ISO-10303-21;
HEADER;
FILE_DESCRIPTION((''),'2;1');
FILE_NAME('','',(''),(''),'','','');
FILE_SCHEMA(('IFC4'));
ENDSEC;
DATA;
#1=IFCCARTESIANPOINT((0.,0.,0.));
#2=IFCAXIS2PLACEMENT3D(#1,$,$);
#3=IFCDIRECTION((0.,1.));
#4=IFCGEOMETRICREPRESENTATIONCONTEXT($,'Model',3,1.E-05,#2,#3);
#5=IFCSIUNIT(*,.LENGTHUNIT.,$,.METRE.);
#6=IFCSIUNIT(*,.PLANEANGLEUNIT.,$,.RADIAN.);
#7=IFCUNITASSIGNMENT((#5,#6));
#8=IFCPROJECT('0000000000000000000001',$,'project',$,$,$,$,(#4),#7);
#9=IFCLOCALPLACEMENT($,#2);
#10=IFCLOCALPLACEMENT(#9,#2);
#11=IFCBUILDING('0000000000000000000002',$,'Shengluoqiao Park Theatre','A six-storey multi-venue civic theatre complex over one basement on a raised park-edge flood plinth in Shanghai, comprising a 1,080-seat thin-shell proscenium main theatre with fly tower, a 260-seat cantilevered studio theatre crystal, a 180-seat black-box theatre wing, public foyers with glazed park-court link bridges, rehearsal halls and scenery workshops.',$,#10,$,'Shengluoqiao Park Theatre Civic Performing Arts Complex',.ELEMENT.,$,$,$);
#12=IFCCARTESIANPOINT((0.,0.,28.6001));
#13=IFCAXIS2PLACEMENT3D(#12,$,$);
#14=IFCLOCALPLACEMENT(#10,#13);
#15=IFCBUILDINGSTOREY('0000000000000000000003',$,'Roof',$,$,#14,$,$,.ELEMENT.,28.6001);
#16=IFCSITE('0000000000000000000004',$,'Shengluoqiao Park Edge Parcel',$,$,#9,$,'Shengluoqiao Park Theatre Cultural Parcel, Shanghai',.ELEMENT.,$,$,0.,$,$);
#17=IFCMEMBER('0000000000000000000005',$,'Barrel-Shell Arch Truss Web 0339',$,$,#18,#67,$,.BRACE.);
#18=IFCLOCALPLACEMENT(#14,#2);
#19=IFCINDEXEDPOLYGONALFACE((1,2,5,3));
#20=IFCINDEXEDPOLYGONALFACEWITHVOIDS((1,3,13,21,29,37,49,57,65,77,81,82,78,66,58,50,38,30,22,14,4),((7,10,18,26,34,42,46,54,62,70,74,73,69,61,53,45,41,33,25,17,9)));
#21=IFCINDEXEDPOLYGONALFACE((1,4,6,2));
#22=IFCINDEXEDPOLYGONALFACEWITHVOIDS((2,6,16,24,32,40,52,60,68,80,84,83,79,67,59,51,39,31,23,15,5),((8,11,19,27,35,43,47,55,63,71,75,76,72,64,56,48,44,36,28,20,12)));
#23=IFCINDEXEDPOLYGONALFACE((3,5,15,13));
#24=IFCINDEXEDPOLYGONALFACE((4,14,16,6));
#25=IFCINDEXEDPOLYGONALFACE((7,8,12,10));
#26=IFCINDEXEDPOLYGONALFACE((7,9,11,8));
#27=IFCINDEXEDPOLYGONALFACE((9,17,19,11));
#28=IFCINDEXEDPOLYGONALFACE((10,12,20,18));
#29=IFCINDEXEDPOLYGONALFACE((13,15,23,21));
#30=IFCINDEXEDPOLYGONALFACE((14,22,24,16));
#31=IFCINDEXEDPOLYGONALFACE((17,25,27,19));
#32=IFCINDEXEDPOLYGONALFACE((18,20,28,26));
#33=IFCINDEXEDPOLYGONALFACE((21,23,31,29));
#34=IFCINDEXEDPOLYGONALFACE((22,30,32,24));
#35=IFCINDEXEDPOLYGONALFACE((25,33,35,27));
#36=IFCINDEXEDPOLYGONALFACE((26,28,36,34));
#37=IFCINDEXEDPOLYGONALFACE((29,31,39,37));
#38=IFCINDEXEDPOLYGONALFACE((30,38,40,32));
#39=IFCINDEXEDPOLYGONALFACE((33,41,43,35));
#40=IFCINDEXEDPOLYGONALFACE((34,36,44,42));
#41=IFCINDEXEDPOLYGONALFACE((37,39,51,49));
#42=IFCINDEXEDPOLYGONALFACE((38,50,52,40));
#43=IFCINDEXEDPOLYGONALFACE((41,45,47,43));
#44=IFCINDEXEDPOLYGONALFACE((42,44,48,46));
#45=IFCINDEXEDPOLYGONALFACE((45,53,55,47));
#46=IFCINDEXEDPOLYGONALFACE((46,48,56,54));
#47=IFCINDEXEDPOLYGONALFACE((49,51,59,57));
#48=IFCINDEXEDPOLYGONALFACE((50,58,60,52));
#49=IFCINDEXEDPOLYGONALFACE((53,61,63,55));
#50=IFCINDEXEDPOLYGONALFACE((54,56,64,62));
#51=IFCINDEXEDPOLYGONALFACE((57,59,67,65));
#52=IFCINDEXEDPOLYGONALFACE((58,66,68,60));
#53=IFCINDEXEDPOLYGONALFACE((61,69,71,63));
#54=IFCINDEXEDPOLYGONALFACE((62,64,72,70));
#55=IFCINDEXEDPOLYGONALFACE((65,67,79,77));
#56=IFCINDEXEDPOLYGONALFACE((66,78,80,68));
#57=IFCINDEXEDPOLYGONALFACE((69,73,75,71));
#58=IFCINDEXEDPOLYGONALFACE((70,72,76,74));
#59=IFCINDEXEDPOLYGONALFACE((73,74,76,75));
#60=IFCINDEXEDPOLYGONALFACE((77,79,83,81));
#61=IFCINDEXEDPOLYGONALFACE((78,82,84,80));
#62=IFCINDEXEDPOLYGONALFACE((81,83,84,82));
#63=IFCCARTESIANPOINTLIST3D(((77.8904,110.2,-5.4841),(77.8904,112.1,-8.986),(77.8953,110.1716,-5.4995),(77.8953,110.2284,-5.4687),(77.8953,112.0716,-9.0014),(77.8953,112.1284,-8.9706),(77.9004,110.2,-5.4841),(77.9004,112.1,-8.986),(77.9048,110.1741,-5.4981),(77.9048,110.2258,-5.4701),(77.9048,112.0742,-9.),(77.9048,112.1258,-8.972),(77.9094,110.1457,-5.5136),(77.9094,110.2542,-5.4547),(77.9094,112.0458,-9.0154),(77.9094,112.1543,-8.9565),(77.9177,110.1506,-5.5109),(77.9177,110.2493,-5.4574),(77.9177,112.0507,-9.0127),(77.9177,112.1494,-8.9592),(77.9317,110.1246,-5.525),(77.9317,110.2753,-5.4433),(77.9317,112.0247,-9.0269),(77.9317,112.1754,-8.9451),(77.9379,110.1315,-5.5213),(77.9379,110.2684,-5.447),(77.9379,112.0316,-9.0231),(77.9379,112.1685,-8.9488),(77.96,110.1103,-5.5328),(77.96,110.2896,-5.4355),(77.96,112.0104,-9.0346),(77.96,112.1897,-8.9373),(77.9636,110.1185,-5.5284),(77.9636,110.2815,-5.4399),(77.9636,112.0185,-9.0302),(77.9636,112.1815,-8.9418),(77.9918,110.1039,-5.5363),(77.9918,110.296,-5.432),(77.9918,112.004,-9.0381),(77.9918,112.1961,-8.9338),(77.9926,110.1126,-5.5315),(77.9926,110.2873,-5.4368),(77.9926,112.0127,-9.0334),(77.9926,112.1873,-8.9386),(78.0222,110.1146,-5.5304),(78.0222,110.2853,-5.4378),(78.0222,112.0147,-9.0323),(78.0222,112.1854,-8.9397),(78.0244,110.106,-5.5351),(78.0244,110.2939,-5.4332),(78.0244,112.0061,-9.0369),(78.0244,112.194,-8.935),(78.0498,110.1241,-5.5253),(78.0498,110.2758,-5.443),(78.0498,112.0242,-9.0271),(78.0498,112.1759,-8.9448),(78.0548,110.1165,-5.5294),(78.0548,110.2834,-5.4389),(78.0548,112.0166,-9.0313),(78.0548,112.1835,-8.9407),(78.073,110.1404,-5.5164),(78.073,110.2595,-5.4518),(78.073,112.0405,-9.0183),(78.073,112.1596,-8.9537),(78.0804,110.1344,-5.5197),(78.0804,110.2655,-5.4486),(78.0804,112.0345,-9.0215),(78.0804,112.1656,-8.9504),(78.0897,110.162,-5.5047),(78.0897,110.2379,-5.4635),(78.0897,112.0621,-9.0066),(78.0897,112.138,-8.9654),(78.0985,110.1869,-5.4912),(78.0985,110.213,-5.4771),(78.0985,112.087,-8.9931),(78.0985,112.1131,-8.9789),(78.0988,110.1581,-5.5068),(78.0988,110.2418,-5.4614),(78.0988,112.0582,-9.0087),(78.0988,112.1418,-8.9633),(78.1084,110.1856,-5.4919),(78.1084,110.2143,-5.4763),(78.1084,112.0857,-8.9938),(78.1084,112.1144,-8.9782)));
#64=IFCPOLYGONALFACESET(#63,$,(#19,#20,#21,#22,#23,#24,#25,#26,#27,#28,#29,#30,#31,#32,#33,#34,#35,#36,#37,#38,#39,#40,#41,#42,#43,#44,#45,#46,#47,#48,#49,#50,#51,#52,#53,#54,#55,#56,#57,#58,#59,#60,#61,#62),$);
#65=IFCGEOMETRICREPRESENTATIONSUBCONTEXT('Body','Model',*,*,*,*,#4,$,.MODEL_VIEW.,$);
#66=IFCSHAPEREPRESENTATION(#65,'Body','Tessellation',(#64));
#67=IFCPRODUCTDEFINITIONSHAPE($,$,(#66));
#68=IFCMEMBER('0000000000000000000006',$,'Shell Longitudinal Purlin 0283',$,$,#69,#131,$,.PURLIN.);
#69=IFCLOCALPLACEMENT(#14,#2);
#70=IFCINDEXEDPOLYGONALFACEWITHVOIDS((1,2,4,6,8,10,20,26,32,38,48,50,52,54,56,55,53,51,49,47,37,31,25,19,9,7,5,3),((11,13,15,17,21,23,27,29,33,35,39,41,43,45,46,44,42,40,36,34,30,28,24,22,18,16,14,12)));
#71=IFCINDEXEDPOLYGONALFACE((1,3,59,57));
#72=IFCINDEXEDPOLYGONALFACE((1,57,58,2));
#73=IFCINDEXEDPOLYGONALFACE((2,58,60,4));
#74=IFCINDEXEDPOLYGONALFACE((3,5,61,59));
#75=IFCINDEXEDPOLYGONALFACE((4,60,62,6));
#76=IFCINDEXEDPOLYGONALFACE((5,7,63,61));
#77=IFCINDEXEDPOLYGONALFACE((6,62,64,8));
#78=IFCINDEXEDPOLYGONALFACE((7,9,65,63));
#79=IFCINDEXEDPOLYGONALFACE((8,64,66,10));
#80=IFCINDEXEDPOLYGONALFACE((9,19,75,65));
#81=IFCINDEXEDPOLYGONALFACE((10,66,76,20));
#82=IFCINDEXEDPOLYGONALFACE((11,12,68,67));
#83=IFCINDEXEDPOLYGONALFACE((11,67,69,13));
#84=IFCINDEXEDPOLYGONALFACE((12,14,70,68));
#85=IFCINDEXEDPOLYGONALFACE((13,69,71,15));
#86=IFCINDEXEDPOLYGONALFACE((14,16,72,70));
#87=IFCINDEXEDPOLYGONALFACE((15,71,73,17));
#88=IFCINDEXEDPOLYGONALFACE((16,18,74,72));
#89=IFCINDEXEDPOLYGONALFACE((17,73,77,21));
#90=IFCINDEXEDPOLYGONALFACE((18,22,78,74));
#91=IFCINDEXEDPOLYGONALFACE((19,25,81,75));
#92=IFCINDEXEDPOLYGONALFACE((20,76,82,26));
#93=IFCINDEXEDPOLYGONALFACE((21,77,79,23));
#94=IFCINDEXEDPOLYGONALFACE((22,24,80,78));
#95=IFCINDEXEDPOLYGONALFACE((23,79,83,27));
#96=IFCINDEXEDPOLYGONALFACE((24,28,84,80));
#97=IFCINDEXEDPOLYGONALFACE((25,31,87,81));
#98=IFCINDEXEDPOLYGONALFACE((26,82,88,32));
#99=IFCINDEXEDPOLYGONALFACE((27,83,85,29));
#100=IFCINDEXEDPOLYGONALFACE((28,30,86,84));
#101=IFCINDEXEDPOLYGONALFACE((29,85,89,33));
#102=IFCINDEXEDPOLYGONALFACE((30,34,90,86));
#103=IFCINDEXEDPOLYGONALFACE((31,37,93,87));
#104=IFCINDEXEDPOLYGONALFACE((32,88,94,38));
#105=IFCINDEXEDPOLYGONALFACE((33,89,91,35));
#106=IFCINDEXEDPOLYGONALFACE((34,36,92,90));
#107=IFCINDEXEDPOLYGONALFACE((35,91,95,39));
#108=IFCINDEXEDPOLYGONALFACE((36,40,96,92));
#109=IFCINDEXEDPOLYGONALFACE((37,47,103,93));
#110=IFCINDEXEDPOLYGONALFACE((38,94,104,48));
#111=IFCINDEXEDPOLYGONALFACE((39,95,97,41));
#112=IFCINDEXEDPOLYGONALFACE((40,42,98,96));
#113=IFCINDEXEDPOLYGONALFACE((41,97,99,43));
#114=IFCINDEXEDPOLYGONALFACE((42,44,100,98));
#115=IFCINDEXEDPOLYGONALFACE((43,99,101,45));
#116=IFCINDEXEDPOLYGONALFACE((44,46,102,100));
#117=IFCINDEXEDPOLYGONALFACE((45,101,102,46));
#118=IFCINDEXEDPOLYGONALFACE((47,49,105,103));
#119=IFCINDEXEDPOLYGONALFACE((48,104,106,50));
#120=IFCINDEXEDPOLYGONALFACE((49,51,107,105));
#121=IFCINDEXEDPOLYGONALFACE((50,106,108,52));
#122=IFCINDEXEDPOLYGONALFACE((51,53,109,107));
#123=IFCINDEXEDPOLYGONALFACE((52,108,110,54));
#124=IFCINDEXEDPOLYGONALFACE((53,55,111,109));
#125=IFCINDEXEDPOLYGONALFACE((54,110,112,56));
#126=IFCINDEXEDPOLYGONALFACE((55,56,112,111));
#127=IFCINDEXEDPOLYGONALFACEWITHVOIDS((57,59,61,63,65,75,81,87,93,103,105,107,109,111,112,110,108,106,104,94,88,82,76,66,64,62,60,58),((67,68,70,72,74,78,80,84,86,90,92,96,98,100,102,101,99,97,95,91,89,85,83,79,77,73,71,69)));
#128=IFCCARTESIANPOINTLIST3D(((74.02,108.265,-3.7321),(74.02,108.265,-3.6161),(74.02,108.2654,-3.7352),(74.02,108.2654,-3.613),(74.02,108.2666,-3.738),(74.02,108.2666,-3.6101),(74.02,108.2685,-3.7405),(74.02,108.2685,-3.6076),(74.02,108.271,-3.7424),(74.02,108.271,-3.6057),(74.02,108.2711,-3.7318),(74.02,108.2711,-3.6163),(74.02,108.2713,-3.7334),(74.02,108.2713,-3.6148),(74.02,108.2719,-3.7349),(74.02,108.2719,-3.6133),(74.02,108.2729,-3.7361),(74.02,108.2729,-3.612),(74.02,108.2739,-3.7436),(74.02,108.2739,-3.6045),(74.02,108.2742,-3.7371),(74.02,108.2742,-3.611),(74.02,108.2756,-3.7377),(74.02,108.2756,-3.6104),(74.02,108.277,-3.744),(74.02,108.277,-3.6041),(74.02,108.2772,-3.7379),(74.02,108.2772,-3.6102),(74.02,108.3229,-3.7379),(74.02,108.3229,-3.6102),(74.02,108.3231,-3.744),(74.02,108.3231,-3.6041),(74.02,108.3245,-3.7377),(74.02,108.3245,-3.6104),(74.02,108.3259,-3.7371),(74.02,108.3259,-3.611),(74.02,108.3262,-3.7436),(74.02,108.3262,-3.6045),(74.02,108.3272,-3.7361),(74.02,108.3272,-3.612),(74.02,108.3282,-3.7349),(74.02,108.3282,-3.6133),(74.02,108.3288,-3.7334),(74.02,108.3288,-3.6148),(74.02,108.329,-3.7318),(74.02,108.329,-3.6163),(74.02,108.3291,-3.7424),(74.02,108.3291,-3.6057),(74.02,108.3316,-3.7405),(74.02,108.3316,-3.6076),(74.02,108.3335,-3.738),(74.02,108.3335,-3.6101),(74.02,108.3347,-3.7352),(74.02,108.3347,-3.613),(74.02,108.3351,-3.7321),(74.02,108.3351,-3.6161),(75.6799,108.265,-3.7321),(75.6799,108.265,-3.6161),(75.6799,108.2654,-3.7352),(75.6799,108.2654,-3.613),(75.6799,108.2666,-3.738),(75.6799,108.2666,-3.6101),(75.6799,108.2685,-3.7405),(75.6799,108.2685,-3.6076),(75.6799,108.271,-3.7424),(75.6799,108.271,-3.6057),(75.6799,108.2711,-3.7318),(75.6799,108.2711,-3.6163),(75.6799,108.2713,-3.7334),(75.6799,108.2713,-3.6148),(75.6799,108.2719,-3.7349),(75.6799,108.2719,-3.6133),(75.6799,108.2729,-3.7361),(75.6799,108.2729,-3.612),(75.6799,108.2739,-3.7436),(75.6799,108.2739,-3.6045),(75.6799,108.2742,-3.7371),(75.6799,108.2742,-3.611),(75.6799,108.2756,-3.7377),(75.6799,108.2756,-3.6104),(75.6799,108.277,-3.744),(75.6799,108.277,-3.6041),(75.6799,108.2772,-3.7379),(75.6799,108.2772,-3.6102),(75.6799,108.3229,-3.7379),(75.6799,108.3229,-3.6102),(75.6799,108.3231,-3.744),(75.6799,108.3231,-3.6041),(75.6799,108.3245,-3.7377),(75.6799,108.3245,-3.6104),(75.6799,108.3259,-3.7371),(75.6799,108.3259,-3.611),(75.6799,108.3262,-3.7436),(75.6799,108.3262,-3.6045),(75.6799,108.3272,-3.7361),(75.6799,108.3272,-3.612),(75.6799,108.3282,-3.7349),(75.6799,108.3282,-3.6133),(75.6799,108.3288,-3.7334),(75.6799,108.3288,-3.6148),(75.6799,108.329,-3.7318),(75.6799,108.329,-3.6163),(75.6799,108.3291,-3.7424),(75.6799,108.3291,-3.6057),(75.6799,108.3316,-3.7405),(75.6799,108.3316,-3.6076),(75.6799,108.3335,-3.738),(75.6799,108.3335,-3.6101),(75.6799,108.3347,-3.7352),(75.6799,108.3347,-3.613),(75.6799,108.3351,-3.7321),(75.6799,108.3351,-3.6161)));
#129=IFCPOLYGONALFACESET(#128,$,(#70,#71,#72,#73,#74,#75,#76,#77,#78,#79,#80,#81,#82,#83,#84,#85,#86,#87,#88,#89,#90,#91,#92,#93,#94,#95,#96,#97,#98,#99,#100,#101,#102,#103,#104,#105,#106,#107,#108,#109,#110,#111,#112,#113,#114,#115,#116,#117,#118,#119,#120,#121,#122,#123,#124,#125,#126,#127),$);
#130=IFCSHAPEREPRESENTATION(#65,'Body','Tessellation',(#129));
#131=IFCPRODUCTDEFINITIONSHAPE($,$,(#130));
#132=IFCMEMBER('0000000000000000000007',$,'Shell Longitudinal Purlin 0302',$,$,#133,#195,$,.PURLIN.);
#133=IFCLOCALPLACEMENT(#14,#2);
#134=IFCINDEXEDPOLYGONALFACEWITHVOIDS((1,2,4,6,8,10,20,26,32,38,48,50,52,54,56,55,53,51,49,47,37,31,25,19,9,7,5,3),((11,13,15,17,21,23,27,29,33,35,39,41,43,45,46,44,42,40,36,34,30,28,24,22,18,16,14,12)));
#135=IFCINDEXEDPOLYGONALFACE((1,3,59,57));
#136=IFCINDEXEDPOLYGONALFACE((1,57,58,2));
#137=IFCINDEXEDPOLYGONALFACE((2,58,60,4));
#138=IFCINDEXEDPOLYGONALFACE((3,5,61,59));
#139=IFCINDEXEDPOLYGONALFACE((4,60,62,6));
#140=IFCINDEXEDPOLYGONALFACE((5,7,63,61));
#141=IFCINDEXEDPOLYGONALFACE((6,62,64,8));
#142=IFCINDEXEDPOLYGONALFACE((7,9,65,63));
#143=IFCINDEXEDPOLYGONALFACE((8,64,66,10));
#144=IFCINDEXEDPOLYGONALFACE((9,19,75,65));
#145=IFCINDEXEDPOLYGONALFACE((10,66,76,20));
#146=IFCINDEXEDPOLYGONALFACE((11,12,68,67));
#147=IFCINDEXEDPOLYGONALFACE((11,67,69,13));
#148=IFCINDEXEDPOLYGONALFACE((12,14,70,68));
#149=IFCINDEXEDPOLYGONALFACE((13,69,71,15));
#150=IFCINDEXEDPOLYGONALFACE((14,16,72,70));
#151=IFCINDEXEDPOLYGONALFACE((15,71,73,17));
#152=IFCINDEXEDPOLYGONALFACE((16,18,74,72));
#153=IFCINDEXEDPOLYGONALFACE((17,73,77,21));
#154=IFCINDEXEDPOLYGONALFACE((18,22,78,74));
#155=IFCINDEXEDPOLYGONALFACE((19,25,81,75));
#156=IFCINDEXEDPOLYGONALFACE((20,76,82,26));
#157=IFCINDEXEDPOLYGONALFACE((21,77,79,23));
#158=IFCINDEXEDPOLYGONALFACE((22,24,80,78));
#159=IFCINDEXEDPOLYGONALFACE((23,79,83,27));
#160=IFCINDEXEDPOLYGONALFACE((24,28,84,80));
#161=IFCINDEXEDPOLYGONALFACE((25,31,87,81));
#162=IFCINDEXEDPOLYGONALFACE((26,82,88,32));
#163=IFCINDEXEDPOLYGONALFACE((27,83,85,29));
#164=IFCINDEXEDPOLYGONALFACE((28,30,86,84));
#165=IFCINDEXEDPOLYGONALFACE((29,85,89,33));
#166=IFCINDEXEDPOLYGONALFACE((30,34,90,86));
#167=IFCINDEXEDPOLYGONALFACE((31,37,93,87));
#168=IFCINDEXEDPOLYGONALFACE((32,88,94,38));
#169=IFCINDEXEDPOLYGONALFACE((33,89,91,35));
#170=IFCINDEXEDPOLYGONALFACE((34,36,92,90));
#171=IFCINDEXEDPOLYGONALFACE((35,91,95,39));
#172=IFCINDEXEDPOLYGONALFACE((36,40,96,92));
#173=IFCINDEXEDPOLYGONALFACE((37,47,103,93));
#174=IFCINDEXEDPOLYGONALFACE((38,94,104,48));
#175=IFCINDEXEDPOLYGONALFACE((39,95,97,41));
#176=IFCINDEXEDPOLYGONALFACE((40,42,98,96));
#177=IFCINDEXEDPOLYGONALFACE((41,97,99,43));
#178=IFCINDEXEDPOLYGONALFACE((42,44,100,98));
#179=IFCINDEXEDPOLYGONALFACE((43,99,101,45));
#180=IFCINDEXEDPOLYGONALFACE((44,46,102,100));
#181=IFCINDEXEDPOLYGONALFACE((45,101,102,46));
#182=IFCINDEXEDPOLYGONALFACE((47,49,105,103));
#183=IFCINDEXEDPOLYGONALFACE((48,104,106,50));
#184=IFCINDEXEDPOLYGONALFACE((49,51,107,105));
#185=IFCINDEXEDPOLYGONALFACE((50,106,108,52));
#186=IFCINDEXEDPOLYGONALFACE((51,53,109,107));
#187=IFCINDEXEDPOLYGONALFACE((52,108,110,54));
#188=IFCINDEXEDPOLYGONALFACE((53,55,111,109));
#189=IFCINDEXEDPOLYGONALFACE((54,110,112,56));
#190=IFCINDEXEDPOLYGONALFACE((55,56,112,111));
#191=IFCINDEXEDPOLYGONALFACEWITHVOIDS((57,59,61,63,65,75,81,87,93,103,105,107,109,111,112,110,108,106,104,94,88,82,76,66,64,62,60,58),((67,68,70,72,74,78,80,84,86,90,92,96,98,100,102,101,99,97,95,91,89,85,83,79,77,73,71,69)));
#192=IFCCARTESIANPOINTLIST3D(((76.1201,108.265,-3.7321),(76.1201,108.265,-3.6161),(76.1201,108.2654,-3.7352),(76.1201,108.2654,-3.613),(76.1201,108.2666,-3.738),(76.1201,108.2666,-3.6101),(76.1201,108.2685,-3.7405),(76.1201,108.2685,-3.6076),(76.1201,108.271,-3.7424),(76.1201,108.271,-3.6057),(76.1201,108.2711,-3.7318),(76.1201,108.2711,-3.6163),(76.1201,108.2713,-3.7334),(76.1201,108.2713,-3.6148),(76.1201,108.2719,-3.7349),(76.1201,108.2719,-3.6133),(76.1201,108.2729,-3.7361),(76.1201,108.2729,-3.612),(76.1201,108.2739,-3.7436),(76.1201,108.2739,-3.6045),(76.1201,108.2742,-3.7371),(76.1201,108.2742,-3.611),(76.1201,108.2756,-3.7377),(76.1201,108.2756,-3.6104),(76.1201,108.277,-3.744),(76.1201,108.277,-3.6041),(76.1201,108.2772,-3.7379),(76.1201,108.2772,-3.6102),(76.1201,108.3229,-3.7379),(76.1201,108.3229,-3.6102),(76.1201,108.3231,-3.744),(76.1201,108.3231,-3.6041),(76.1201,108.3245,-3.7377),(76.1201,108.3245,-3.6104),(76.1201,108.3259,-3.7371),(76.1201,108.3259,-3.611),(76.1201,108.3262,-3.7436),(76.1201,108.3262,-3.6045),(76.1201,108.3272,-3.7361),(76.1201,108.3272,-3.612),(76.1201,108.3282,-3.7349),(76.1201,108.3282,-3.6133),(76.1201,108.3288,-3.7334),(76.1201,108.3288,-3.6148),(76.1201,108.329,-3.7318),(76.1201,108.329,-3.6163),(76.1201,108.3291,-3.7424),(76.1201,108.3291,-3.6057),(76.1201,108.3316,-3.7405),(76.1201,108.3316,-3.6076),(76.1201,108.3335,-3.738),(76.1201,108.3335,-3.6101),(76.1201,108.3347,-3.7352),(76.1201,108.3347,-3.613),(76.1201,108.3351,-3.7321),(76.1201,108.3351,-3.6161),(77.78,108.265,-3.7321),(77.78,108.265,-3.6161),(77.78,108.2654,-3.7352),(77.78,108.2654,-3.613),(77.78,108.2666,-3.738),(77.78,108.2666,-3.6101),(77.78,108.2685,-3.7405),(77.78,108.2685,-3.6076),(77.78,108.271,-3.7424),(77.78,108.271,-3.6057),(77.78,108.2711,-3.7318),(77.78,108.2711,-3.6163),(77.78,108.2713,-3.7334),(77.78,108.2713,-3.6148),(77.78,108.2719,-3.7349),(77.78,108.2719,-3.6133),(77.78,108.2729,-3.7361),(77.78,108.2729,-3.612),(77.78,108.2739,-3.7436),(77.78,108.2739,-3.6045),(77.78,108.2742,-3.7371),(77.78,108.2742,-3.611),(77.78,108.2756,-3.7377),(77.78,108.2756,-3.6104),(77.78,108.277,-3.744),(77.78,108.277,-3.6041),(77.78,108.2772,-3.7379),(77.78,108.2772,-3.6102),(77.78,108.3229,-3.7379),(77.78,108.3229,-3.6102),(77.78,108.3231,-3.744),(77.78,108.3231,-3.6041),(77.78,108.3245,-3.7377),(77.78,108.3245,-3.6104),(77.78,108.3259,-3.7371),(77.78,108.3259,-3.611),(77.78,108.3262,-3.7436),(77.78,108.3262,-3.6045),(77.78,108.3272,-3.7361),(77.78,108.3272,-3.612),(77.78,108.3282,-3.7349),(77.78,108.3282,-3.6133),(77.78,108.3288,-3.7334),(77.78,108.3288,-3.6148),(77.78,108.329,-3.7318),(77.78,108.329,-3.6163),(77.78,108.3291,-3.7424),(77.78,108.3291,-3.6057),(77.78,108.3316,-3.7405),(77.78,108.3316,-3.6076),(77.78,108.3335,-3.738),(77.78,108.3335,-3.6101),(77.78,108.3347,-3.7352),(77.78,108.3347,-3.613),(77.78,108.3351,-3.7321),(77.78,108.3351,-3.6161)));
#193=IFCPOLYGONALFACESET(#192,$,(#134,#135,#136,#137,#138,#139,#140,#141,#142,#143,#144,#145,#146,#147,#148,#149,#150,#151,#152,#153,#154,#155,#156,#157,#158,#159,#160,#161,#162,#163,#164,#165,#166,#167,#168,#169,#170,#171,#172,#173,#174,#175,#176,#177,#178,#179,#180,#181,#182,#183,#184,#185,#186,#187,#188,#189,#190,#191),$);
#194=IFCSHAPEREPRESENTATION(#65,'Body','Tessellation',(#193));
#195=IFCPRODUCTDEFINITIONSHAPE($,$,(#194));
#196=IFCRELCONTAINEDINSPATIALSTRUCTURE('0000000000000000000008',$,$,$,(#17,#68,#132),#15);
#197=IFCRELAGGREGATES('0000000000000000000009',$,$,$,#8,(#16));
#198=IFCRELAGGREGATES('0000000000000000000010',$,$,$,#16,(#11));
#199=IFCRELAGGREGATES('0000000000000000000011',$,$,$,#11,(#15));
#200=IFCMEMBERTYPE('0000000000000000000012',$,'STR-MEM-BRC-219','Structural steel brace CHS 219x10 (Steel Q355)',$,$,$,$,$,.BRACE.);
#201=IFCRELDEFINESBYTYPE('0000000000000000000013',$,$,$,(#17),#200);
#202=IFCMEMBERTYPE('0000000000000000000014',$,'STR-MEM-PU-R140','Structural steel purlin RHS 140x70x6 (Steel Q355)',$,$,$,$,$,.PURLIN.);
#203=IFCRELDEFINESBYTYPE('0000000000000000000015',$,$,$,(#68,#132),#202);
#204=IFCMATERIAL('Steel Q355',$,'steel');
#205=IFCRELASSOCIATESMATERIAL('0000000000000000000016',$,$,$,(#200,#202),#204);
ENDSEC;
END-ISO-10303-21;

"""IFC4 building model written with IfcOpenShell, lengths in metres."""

from ifc_helpers import new_model, si_unit, direction, frame, origin, origin_2d, place, context, subcontext, project, spatial, hollow_rectangle, hollow_circle, extrude, material, material_profile, profile_set, type_object, element, save


model = new_model("IFC4")

# Units and contexts
model_context = context("Model", 3, precision=1e-05, world=origin(), true_north=direction((0.0, 1.0)))
body_context = subcontext(model_context, "Body", "Model", "MODEL_VIEW")
ifc_project = project(units=[si_unit("LENGTHUNIT", "METRE"), si_unit("PLANEANGLEUNIT", "RADIAN")], contexts=[model_context])

# Site, building, storey
site_placement = place(None, origin())
site = spatial("IfcSite", under=ifc_project, at=site_placement, Name="Shengluoqiao Park Edge Parcel", LongName="Shengluoqiao Park Theatre Cultural Parcel, Shanghai", CompositionType="ELEMENT", RefElevation=0.0)
building_placement = place(site_placement, origin())
building = spatial("IfcBuilding", under=site, at=building_placement, Name="Shengluoqiao Park Theatre", Description="A six-storey multi-venue civic theatre complex over one basement on a raised park-edge flood plinth in Shanghai, comprising a 1,080-seat thin-shell proscenium main theatre with fly tower, a 260-seat cantilevered studio theatre crystal, a 180-seat black-box theatre wing, public foyers with glazed park-court link bridges, rehearsal halls and scenery workshops.", LongName="Shengluoqiao Park Theatre Civic Performing Arts Complex", CompositionType="ELEMENT")
storey_placement = place(building_placement, frame((0.0, 0.0, 28.6001)))
storey = spatial("IfcBuildingStorey", under=building, at=storey_placement, Name="Roof", CompositionType="ELEMENT", Elevation=28.6001)

# Shared definitions
ifc_material_1 = material(Name="Steel Q355", Category="steel")

# Members
ifc_material_profile_1 = material_profile(ifc_material_1, hollow_circle(Radius=0.1096, WallThickness=0.01, at=origin_2d()), Name="CHS 219x10")
ifc_profile_set_1 = profile_set([ifc_material_profile_1], Name="Steel Q355")
member_type_1 = type_object("IfcMemberType", Name="STR-MEM-BRC-219", Description="Structural steel brace CHS 219x10 (Steel Q355)", PredefinedType="BRACE", material=ifc_profile_set_1)
member_1_placement = place(storey_placement, frame((78.0, 110.2, -5.4841), z_axis=(0.0, 0.476915, -0.87895), x_axis=(-1.0, 0.0, 0.0)))
element("IfcMember", 1, at=member_1_placement, inside=storey, type_object=member_type_1, Name="Barrel-Shell Arch Truss Web 0339", PredefinedType="BRACE", context=body_context, shape_type="SweptSolid", body=[
    extrude(hollow_circle(Radius=0.1096, WallThickness=0.01, at=origin_2d()), origin(), (0.0, 0.0, 1.0), 3.9841),
])
ifc_material_profile_2 = material_profile(ifc_material_1, hollow_rectangle(XDim=0.0701, YDim=0.1399, WallThickness=0.0061, InnerFilletRadius=0.0061, OuterFilletRadius=0.012, at=origin_2d()), Name="RHS 140x70x6")
ifc_profile_set_2 = profile_set([ifc_material_profile_2], Name="Steel Q355")
member_type_2 = type_object("IfcMemberType", Name="STR-MEM-PU-R140", Description="Structural steel purlin RHS 140x70x6 (Steel Q355)", PredefinedType="PURLIN", material=ifc_profile_set_2)
for number, where, z_axis, x_axis, name in (
    (2, (74.02, 108.3, -3.6741), (1.0, 0.0, 0.0), (0.0, 1.0, 0.0), "Shell Longitudinal Purlin 0283"),
    (3, (76.1201, 108.3, -3.6741), (1.0, 0.0, 0.0), (0.0, 1.0, 0.0), "Shell Longitudinal Purlin 0302"),
):
    element("IfcMember", number, at=place(storey_placement, frame(where, z_axis=z_axis, x_axis=x_axis)), inside=storey, type_object=member_type_2, Name=name, PredefinedType="PURLIN", context=body_context, shape_type="SweptSolid", body=[
        extrude(hollow_rectangle(XDim=0.0701, YDim=0.1399, WallThickness=0.0061, InnerFilletRadius=0.0061, OuterFilletRadius=0.012, at=origin_2d()), origin(), (0.0, 0.0, 1.0), 1.6599),
    ])

save(model, "model.ifc")
